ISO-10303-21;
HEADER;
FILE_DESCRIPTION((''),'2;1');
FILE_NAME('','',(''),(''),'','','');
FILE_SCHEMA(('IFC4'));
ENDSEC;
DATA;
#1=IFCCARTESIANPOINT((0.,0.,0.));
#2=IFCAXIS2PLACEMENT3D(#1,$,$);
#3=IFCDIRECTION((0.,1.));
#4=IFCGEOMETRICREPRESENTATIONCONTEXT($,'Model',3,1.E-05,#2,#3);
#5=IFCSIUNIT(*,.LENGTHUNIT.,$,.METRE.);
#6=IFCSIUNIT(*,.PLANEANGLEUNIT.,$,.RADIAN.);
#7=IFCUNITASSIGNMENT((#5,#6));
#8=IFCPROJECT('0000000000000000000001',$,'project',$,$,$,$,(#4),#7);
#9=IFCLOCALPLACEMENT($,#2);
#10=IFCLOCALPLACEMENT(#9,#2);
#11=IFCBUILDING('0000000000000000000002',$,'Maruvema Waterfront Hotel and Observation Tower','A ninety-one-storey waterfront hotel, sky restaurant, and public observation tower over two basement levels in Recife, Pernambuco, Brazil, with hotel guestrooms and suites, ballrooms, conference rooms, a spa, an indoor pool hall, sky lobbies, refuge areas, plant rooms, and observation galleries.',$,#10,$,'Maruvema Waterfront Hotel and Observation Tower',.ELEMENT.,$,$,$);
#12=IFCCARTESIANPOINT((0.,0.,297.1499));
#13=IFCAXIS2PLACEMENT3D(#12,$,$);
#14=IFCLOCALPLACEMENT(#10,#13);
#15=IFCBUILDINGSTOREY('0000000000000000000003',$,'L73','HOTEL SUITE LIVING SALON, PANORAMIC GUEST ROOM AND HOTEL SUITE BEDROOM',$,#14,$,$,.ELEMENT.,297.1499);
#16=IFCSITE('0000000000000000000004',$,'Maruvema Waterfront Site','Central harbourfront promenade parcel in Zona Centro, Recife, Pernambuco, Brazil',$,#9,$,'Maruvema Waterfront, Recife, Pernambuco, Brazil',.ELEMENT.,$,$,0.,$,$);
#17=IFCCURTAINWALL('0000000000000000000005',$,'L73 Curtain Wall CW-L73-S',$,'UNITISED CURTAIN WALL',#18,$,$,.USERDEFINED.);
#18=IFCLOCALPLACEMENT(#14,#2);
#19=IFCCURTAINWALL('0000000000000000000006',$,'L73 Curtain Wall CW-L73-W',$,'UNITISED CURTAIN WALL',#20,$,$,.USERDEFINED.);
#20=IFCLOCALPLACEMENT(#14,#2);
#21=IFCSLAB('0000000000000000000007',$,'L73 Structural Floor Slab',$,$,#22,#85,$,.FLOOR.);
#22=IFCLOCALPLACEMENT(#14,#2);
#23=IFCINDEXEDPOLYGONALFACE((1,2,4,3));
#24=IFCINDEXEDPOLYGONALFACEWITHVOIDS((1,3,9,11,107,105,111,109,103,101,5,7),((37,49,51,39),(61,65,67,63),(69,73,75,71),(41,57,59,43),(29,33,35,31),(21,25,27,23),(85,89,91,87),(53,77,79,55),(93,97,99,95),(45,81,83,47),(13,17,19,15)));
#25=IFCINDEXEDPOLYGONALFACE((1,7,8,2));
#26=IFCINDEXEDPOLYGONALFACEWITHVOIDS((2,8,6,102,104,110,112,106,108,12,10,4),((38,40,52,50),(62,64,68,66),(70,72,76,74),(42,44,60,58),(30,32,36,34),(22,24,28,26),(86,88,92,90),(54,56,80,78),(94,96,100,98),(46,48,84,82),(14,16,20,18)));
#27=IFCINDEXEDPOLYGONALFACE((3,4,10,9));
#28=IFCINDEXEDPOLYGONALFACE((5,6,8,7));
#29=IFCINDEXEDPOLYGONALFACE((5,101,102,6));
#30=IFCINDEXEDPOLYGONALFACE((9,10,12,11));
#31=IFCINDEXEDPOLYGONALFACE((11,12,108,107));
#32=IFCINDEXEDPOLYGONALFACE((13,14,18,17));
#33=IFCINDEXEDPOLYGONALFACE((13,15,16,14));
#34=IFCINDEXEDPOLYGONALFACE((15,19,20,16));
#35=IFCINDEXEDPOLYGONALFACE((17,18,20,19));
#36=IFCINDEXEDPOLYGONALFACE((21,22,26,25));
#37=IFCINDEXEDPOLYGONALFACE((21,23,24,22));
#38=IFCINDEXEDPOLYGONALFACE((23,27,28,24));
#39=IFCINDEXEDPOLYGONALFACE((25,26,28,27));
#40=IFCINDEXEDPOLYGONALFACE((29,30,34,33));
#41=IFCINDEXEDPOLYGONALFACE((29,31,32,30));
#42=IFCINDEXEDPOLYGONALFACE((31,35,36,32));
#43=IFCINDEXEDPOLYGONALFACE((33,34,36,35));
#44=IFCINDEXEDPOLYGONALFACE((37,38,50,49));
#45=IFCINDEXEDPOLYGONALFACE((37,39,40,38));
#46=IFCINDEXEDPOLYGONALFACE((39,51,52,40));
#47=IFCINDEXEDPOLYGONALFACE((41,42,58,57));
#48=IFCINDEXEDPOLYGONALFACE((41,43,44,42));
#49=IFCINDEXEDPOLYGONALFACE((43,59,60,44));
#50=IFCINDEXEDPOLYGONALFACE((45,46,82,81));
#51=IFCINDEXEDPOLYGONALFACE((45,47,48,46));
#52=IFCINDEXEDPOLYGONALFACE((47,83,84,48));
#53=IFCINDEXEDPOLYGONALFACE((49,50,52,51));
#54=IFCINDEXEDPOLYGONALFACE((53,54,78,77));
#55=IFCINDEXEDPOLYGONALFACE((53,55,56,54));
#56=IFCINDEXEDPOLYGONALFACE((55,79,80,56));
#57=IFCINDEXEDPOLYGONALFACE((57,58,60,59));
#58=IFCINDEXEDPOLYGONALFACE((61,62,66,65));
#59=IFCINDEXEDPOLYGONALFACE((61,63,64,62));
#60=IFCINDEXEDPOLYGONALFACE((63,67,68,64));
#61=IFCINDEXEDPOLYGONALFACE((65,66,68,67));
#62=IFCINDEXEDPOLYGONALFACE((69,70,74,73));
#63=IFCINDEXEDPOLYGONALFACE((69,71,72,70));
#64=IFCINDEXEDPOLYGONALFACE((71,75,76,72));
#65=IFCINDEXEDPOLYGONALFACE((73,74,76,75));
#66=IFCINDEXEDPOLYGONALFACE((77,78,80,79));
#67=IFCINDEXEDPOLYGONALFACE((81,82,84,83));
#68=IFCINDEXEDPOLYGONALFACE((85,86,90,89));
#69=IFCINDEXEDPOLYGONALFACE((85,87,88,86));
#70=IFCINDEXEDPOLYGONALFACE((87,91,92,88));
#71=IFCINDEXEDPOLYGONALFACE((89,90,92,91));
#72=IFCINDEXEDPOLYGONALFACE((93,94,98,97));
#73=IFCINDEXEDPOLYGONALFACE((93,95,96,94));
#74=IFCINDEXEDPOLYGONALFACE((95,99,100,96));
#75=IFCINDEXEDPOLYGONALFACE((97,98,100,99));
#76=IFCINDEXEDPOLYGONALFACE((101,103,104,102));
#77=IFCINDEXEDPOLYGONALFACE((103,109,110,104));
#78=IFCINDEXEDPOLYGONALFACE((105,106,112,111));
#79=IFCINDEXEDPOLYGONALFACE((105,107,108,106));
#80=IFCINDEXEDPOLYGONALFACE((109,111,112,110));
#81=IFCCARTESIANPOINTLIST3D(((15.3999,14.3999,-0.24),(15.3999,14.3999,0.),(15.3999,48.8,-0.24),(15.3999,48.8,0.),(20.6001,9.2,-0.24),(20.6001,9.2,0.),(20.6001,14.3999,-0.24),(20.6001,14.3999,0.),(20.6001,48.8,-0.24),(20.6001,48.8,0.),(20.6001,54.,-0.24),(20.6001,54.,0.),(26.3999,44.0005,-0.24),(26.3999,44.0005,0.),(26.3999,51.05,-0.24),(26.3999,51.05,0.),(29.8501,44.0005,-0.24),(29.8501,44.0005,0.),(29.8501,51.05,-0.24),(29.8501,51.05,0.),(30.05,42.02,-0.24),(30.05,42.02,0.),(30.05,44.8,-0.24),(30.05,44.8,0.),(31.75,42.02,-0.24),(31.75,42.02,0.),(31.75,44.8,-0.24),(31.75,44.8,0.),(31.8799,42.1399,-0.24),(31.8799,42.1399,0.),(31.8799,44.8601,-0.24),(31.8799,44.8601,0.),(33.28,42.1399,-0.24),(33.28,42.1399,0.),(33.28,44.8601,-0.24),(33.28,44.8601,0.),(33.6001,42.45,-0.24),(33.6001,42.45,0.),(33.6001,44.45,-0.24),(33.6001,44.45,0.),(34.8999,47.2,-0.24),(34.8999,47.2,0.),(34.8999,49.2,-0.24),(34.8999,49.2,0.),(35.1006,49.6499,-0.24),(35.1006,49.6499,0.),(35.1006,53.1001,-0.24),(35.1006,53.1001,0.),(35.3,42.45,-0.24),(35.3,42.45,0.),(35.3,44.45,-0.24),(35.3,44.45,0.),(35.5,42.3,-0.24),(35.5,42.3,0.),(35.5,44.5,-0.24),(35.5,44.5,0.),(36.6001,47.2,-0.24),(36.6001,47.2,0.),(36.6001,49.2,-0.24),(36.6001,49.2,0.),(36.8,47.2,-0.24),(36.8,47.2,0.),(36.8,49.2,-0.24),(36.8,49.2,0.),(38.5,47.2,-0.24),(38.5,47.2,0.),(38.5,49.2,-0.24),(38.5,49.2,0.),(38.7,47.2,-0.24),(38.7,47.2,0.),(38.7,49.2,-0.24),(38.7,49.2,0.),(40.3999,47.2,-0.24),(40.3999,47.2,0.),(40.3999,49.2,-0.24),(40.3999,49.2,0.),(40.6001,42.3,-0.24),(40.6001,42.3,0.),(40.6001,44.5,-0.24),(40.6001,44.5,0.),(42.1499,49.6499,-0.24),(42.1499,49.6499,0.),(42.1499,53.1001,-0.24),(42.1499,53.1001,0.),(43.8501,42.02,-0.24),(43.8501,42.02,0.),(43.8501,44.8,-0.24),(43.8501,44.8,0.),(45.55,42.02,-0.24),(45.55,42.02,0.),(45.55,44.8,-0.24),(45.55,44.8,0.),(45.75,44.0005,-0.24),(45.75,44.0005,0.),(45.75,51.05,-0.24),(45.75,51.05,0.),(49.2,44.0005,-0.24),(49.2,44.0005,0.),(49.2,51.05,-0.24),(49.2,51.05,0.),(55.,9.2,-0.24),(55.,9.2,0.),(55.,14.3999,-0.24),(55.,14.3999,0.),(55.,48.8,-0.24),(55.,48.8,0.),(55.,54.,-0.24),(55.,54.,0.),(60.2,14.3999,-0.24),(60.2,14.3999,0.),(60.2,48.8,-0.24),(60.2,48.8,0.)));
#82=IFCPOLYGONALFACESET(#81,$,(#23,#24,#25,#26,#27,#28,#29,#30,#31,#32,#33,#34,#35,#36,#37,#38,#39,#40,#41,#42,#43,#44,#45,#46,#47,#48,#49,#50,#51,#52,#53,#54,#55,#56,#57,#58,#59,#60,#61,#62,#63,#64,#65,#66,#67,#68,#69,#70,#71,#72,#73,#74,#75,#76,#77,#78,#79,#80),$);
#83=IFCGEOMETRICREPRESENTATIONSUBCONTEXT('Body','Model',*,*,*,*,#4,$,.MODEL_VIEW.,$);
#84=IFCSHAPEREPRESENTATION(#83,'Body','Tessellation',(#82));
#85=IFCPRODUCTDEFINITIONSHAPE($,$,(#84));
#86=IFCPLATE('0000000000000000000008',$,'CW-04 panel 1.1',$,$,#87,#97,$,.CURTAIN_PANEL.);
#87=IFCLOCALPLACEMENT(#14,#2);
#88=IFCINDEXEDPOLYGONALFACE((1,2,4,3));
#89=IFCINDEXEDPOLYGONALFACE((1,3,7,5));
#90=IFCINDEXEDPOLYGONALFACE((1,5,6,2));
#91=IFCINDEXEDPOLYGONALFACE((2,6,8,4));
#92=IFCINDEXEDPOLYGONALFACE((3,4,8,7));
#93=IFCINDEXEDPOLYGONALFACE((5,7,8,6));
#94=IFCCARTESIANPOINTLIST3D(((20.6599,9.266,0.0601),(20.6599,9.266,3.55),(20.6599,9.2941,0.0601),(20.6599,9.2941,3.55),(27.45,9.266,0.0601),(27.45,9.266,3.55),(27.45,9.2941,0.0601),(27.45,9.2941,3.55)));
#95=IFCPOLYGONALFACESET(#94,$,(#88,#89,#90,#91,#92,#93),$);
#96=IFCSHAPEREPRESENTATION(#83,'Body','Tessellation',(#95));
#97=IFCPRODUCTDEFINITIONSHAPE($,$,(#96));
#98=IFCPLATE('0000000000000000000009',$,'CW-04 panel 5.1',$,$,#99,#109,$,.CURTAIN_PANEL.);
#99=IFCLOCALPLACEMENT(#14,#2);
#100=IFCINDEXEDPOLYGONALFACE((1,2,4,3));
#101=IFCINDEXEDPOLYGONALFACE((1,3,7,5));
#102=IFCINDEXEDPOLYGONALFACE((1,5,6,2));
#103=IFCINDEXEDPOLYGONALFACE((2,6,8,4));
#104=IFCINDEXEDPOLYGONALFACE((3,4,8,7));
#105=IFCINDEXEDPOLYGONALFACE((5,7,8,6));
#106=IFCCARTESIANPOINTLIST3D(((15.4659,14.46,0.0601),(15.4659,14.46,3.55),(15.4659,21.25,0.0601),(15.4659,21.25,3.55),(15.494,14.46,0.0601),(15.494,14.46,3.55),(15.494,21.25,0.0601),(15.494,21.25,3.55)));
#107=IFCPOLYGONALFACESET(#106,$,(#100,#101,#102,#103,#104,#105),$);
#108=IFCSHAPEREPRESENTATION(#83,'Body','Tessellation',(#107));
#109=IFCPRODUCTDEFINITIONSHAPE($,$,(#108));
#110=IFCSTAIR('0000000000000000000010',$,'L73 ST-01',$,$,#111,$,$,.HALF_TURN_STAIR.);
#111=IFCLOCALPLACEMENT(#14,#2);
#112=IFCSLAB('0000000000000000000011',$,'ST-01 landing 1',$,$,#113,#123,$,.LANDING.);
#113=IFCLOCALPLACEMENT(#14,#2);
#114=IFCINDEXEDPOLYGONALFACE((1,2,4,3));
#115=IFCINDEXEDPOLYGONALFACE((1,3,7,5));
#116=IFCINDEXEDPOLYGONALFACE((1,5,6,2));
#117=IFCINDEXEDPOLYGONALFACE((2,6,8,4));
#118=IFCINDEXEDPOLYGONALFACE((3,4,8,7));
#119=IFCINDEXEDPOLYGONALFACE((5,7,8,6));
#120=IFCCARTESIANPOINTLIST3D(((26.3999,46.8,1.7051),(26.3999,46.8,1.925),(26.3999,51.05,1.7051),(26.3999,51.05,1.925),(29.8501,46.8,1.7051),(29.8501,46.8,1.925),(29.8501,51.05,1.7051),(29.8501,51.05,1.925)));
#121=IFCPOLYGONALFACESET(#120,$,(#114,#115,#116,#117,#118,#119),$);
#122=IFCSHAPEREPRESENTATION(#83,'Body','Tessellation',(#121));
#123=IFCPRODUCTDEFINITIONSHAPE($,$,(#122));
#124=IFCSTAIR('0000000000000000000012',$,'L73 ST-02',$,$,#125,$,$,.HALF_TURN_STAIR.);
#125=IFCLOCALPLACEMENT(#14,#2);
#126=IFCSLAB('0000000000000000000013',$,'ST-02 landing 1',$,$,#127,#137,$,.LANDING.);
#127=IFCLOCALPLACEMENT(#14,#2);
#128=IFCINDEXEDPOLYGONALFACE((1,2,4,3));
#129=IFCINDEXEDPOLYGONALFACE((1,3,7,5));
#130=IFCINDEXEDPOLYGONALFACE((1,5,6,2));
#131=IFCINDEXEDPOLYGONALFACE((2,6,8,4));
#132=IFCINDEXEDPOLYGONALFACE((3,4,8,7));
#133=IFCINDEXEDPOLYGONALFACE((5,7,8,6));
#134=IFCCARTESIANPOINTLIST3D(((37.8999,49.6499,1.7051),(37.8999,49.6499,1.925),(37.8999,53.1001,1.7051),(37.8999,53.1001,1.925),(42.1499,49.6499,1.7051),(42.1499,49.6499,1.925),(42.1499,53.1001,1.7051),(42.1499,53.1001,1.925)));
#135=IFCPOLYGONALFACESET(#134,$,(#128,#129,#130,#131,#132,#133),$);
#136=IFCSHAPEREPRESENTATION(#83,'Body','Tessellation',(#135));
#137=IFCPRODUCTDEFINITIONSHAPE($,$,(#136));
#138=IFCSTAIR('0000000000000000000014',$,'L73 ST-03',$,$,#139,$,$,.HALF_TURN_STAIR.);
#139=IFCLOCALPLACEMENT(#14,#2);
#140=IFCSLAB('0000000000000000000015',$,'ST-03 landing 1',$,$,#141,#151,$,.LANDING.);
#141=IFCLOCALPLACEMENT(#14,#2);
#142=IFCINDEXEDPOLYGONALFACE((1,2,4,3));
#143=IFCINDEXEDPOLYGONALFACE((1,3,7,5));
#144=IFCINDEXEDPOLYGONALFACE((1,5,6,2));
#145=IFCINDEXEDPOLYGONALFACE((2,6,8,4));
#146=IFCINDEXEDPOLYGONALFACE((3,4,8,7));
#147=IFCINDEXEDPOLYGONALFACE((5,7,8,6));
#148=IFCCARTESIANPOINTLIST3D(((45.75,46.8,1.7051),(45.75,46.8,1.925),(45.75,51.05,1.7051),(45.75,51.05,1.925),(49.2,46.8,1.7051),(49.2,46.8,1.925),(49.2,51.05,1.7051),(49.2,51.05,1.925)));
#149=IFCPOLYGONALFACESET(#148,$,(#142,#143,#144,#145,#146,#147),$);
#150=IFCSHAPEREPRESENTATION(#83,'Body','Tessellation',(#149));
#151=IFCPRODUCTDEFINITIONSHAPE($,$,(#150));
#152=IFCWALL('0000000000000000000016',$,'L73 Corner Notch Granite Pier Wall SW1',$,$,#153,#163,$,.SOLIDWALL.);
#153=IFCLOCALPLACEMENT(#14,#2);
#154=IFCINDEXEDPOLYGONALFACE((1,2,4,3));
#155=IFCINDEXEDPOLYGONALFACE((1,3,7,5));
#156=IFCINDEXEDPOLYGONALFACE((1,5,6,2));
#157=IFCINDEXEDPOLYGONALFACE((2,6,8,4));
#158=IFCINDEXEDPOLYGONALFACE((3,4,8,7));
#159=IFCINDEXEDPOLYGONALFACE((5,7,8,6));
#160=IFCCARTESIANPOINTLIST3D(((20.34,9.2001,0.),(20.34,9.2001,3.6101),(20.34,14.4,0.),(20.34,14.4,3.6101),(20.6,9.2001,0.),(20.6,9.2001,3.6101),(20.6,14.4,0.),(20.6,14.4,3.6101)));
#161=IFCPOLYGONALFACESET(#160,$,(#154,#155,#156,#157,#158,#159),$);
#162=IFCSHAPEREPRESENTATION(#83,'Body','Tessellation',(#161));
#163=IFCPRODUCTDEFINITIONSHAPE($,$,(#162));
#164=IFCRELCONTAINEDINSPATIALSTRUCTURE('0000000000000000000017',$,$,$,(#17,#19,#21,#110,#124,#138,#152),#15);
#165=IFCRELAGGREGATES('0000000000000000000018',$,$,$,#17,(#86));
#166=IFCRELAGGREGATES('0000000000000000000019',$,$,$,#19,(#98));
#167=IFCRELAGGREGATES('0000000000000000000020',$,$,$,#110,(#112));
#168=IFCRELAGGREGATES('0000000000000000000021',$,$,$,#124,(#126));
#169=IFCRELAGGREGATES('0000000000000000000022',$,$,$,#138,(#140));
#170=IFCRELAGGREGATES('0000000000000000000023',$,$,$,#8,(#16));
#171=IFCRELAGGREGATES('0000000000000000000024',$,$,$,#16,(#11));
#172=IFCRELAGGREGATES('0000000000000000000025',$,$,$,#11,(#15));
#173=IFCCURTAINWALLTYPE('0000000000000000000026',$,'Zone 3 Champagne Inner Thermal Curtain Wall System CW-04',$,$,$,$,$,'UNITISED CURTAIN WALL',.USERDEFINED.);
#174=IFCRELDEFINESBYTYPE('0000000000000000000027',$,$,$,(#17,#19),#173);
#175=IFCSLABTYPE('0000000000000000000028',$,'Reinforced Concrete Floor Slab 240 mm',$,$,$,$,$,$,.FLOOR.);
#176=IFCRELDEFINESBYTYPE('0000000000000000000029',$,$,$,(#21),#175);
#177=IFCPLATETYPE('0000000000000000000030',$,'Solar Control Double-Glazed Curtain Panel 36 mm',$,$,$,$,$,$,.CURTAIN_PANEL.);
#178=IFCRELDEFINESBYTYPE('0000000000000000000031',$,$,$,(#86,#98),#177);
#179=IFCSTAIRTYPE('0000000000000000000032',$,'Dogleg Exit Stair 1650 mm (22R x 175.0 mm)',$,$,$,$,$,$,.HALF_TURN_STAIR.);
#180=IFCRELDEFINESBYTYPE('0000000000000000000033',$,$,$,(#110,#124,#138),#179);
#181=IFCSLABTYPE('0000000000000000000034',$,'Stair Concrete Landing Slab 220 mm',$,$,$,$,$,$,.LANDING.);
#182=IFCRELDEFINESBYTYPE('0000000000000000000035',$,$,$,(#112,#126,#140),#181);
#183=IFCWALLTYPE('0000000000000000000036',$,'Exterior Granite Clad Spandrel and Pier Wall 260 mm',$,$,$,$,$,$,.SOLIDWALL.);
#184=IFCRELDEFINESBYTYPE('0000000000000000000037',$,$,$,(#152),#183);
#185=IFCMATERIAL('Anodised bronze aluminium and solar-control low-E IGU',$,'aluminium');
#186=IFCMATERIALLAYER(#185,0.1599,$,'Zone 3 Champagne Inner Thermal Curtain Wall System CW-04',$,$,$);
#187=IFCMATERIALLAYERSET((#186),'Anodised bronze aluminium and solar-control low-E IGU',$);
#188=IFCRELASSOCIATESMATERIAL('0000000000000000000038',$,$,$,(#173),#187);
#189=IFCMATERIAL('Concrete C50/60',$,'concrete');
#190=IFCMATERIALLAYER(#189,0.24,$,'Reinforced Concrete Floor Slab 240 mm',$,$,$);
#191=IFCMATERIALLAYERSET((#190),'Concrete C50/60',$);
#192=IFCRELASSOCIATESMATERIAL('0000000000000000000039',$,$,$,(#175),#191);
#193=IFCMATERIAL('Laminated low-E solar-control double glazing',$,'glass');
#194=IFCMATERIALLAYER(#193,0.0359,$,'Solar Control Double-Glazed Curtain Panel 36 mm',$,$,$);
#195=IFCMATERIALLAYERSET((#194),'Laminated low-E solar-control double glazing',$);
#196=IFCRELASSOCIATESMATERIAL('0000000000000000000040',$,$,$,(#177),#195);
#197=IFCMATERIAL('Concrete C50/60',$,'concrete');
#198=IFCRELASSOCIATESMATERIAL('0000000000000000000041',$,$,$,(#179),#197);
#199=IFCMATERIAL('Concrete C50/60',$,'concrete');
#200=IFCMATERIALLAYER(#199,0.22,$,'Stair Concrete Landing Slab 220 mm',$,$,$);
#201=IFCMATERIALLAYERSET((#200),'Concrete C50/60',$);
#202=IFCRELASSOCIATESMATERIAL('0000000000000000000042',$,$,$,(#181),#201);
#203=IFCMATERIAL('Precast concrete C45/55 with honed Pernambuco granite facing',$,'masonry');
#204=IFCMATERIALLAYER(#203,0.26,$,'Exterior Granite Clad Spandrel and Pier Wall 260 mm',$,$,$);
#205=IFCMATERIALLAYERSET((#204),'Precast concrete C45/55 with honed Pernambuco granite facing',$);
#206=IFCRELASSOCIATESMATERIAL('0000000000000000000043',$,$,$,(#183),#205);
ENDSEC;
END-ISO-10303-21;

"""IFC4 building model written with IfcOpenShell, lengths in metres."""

from ifc_helpers import new_model, si_unit, direction, frame, frame_2d, origin, origin_2d, place, context, subcontext, project, spatial, polyline, rectangle, outline, extrude, material, layer, layer_set, type_object, element, aggregate, save


model = new_model("IFC4")

# Units and contexts
model_context = context("Model", 3, precision=1e-05, world=origin(), true_north=direction((0.0, 1.0)))
body_context = subcontext(model_context, "Body", "Model", "MODEL_VIEW")
ifc_project = project(units=[si_unit("LENGTHUNIT", "METRE"), si_unit("PLANEANGLEUNIT", "RADIAN")], contexts=[model_context])

# Site, building, storey
site_placement = place(None, origin())
site = spatial("IfcSite", under=ifc_project, at=site_placement, Name="Maruvema Waterfront Site", Description="Central harbourfront promenade parcel in Zona Centro, Recife, Pernambuco, Brazil", LongName="Maruvema Waterfront, Recife, Pernambuco, Brazil", CompositionType="ELEMENT", RefElevation=0.0)
building_placement = place(site_placement, origin())
building = spatial("IfcBuilding", under=site, at=building_placement, Name="Maruvema Waterfront Hotel and Observation Tower", Description="A ninety-one-storey waterfront hotel, sky restaurant, and public observation tower over two basement levels in Recife, Pernambuco, Brazil, with hotel guestrooms and suites, ballrooms, conference rooms, a spa, an indoor pool hall, sky lobbies, refuge areas, plant rooms, and observation galleries.", LongName="Maruvema Waterfront Hotel and Observation Tower", CompositionType="ELEMENT")
storey_placement = place(building_placement, frame((0.0, 0.0, 297.1499)))
storey = spatial("IfcBuildingStorey", under=building, at=storey_placement, Name="L73", Description="HOTEL SUITE LIVING SALON, PANORAMIC GUEST ROOM AND HOTEL SUITE BEDROOM", CompositionType="ELEMENT", Elevation=297.1499)

# Curtain wall
ifc_material_1 = material(Name="Anodised bronze aluminium and solar-control low-E IGU", Category="aluminium")
ifc_layer_1 = layer(ifc_material_1, 0.1599, Name="Zone 3 Champagne Inner Thermal Curtain Wall System CW-04")
ifc_layer_set_1 = layer_set([ifc_layer_1], Name="Anodised bronze aluminium and solar-control low-E IGU")
curtain_wall_type = type_object("IfcCurtainWallType", Name="Zone 3 Champagne Inner Thermal Curtain Wall System CW-04", ElementType="UNITISED CURTAIN WALL", PredefinedType="USERDEFINED", material=ifc_layer_set_1)
curtain_wall_1_placement = place(storey_placement, origin())
curtain_wall_1 = element("IfcCurtainWall", 1, at=curtain_wall_1_placement, inside=storey, type_object=curtain_wall_type, Name="L73 Curtain Wall CW-L73-S", ObjectType="UNITISED CURTAIN WALL", PredefinedType="USERDEFINED")

# Curtain wall
curtain_wall_2_placement = place(storey_placement, origin())
curtain_wall_2 = element("IfcCurtainWall", 2, at=curtain_wall_2_placement, inside=storey, type_object=curtain_wall_type, Name="L73 Curtain Wall CW-L73-W", ObjectType="UNITISED CURTAIN WALL", PredefinedType="USERDEFINED")

# Slab
ifc_material_2 = material(Name="Concrete C50/60", Category="concrete")
ifc_layer_2 = layer(ifc_material_2, 0.24, Name="Reinforced Concrete Floor Slab 240 mm")
ifc_layer_set_2 = layer_set([ifc_layer_2], Name="Concrete C50/60")
slab_type_1 = type_object("IfcSlabType", Name="Reinforced Concrete Floor Slab 240 mm", PredefinedType="FLOOR", material=ifc_layer_set_2)
slab_1_placement = place(storey_placement, frame((0.0, 0.0, -0.24)))
element("IfcSlab", 3, at=slab_1_placement, inside=storey, type_object=slab_type_1, Name="L73 Structural Floor Slab", PredefinedType="FLOOR", context=body_context, shape_type="SweptSolid", body=[
    extrude(outline(polyline([(20.6001, 9.2), (55.0, 9.2), (55.0, 14.3999), (60.2, 14.3999), (60.2, 48.8), (55.0, 48.8), (55.0, 54.0), (20.6001, 54.0), (20.6001, 48.8), (15.3999, 48.8), (15.3999, 14.3999), (20.6001, 14.3999), (20.6001, 9.2)]), holes=[polyline([(26.3999, 44.0005), (26.3999, 51.05), (29.8501, 51.05), (29.8501, 44.0005), (26.3999, 44.0005)]), polyline([(30.05, 44.8), (31.75, 44.8), (31.75, 42.02), (30.05, 42.02), (30.05, 44.8)]), polyline([(31.8799, 42.1399), (31.8799, 44.8601), (33.28, 44.8601), (33.28, 42.1399), (31.8799, 42.1399)]), polyline([(33.6001, 44.45), (35.3, 44.45), (35.3, 42.45), (33.6001, 42.45), (33.6001, 44.45)]), polyline([(34.8999, 49.2), (36.6001, 49.2), (36.6001, 47.2), (34.8999, 47.2), (34.8999, 49.2)]), polyline([(36.8, 47.2), (36.8, 49.2), (38.5, 49.2), (38.5, 47.2), (36.8, 47.2)]), polyline([(35.5, 42.3), (35.5, 44.5), (40.6001, 44.5), (40.6001, 42.3), (35.5, 42.3)]), polyline([(35.1006, 53.1001), (42.1499, 53.1001), (42.1499, 49.6499), (35.1006, 49.6499), (35.1006, 53.1001)]), polyline([(38.7, 49.2), (40.3999, 49.2), (40.3999, 47.2), (38.7, 47.2), (38.7, 49.2)]), polyline([(43.8501, 44.8), (45.55, 44.8), (45.55, 42.02), (43.8501, 42.02), (43.8501, 44.8)]), polyline([(45.75, 44.0005), (45.75, 51.05), (49.2, 51.05), (49.2, 44.0005), (45.75, 44.0005)])]), origin(), (0.0, 0.0, 1.0), 0.24),
])

# Plates
ifc_material_3 = material(Name="Laminated low-E solar-control double glazing", Category="glass")
ifc_layer_3 = layer(ifc_material_3, 0.0359, Name="Solar Control Double-Glazed Curtain Panel 36 mm")
ifc_layer_set_3 = layer_set([ifc_layer_3], Name="Laminated low-E solar-control double glazing")
plate_type = type_object("IfcPlateType", Name="Solar Control Double-Glazed Curtain Panel 36 mm", PredefinedType="CURTAIN_PANEL", material=ifc_layer_set_3)
plate_1_placement = place(storey_placement, frame((24.0549, 9.28, 0.0601), z_axis=(0.0, 0.0, 1.0), x_axis=(1.0, 0.0, 0.0)))
plate_1 = element("IfcPlate", 4, at=plate_1_placement, type_object=plate_type, Name="CW-04 panel 1.1", PredefinedType="CURTAIN_PANEL", context=body_context, shape_type="SweptSolid", body=[
    extrude(rectangle(XDim=6.79, YDim=0.0281, at=origin_2d()), origin(), (0.0, 0.0, 1.0), 3.49),
])
aggregate(curtain_wall_1, [plate_1])
plate_2_placement = place(storey_placement, frame((15.48, 17.855, 0.0601), z_axis=(0.0, 0.0, 1.0), x_axis=(0.0, -1.0, 0.0)))
plate_2 = element("IfcPlate", 5, at=plate_2_placement, type_object=plate_type, Name="CW-04 panel 5.1", PredefinedType="CURTAIN_PANEL", context=body_context, shape_type="SweptSolid", body=[
    extrude(rectangle(XDim=6.79, YDim=0.0281, at=origin_2d()), origin(), (0.0, 0.0, 1.0), 3.49),
])
aggregate(curtain_wall_2, [plate_2])

# Stairs, slabs
ifc_material_4 = material(Name="Concrete C50/60", Category="concrete")
stair_type = type_object("IfcStairType", Name="Dogleg Exit Stair 1650 mm (22R x 175.0 mm)", PredefinedType="HALF_TURN_STAIR", material=ifc_material_4)
stair_1_placement = place(storey_placement, origin())
stair_1 = element("IfcStair", 6, at=stair_1_placement, inside=storey, type_object=stair_type, Name="L73 ST-01", PredefinedType="HALF_TURN_STAIR")
ifc_material_5 = material(Name="Concrete C50/60", Category="concrete")
ifc_layer_4 = layer(ifc_material_5, 0.22, Name="Stair Concrete Landing Slab 220 mm")
ifc_layer_set_4 = layer_set([ifc_layer_4], Name="Concrete C50/60")
slab_type_2 = type_object("IfcSlabType", Name="Stair Concrete Landing Slab 220 mm", PredefinedType="LANDING", material=ifc_layer_set_4)
slab_2_placement = place(storey_placement, frame((0.0, 0.0, 1.7051)))
slab_2 = element("IfcSlab", 7, at=slab_2_placement, type_object=slab_type_2, Name="ST-01 landing 1", PredefinedType="LANDING", context=body_context, shape_type="SweptSolid", body=[
    extrude(outline(polyline([(29.8501, 46.8), (29.8501, 51.05), (26.3999, 51.05), (26.3999, 46.8), (29.8501, 46.8)])), origin(), (0.0, 0.0, 1.0), 0.22),
])
aggregate(stair_1, [slab_2])
stair_2_placement = place(storey_placement, origin())
stair_2 = element("IfcStair", 8, at=stair_2_placement, inside=storey, type_object=stair_type, Name="L73 ST-02", PredefinedType="HALF_TURN_STAIR")
slab_3_placement = place(storey_placement, frame((0.0, 0.0, 1.7051)))
slab_3 = element("IfcSlab", 9, at=slab_3_placement, type_object=slab_type_2, Name="ST-02 landing 1", PredefinedType="LANDING", context=body_context, shape_type="SweptSolid", body=[
    extrude(outline(polyline([(37.8999, 49.6499), (42.1499, 49.6499), (42.1499, 53.1001), (37.8999, 53.1001), (37.8999, 49.6499)])), origin(), (0.0, 0.0, 1.0), 0.22),
])
aggregate(stair_2, [slab_3])
stair_3_placement = place(storey_placement, origin())
stair_3 = element("IfcStair", 10, at=stair_3_placement, inside=storey, type_object=stair_type, Name="L73 ST-03", PredefinedType="HALF_TURN_STAIR")
slab_4_placement = place(storey_placement, frame((0.0, 0.0, 1.7051)))
slab_4 = element("IfcSlab", 11, at=slab_4_placement, type_object=slab_type_2, Name="ST-03 landing 1", PredefinedType="LANDING", context=body_context, shape_type="SweptSolid", body=[
    extrude(outline(polyline([(49.2, 46.8), (49.2, 51.05), (45.75, 51.05), (45.75, 46.8), (49.2, 46.8)])), origin(), (0.0, 0.0, 1.0), 0.22),
])
aggregate(stair_3, [slab_4])

# Wall
ifc_material_6 = material(Name="Precast concrete C45/55 with honed Pernambuco granite facing", Category="masonry")
ifc_layer_5 = layer(ifc_material_6, 0.26, Name="Exterior Granite Clad Spandrel and Pier Wall 260 mm")
ifc_layer_set_5 = layer_set([ifc_layer_5], Name="Precast concrete C45/55 with honed Pernambuco granite facing")
wall_type_1 = type_object("IfcWallType", Name="Exterior Granite Clad Spandrel and Pier Wall 260 mm", PredefinedType="SOLIDWALL", material=ifc_layer_set_5)
wall_1_placement = place(storey_placement, frame((20.47, 9.2, 0.0), z_axis=(0.0, 0.0, 1.0), x_axis=(0.0, 1.0, 0.0)))
element("IfcWall", 12, at=wall_1_placement, inside=storey, type_object=wall_type_1, Name="L73 Corner Notch Granite Pier Wall SW1", PredefinedType="SOLIDWALL", context=body_context, shape_type="SweptSolid", body=[
    extrude(rectangle(XDim=5.2, YDim=0.26, at=frame_2d((2.6001, 0.0))), origin(), (0.0, 0.0, 1.0), 3.6101),
])

save(model, "model.ifc")
